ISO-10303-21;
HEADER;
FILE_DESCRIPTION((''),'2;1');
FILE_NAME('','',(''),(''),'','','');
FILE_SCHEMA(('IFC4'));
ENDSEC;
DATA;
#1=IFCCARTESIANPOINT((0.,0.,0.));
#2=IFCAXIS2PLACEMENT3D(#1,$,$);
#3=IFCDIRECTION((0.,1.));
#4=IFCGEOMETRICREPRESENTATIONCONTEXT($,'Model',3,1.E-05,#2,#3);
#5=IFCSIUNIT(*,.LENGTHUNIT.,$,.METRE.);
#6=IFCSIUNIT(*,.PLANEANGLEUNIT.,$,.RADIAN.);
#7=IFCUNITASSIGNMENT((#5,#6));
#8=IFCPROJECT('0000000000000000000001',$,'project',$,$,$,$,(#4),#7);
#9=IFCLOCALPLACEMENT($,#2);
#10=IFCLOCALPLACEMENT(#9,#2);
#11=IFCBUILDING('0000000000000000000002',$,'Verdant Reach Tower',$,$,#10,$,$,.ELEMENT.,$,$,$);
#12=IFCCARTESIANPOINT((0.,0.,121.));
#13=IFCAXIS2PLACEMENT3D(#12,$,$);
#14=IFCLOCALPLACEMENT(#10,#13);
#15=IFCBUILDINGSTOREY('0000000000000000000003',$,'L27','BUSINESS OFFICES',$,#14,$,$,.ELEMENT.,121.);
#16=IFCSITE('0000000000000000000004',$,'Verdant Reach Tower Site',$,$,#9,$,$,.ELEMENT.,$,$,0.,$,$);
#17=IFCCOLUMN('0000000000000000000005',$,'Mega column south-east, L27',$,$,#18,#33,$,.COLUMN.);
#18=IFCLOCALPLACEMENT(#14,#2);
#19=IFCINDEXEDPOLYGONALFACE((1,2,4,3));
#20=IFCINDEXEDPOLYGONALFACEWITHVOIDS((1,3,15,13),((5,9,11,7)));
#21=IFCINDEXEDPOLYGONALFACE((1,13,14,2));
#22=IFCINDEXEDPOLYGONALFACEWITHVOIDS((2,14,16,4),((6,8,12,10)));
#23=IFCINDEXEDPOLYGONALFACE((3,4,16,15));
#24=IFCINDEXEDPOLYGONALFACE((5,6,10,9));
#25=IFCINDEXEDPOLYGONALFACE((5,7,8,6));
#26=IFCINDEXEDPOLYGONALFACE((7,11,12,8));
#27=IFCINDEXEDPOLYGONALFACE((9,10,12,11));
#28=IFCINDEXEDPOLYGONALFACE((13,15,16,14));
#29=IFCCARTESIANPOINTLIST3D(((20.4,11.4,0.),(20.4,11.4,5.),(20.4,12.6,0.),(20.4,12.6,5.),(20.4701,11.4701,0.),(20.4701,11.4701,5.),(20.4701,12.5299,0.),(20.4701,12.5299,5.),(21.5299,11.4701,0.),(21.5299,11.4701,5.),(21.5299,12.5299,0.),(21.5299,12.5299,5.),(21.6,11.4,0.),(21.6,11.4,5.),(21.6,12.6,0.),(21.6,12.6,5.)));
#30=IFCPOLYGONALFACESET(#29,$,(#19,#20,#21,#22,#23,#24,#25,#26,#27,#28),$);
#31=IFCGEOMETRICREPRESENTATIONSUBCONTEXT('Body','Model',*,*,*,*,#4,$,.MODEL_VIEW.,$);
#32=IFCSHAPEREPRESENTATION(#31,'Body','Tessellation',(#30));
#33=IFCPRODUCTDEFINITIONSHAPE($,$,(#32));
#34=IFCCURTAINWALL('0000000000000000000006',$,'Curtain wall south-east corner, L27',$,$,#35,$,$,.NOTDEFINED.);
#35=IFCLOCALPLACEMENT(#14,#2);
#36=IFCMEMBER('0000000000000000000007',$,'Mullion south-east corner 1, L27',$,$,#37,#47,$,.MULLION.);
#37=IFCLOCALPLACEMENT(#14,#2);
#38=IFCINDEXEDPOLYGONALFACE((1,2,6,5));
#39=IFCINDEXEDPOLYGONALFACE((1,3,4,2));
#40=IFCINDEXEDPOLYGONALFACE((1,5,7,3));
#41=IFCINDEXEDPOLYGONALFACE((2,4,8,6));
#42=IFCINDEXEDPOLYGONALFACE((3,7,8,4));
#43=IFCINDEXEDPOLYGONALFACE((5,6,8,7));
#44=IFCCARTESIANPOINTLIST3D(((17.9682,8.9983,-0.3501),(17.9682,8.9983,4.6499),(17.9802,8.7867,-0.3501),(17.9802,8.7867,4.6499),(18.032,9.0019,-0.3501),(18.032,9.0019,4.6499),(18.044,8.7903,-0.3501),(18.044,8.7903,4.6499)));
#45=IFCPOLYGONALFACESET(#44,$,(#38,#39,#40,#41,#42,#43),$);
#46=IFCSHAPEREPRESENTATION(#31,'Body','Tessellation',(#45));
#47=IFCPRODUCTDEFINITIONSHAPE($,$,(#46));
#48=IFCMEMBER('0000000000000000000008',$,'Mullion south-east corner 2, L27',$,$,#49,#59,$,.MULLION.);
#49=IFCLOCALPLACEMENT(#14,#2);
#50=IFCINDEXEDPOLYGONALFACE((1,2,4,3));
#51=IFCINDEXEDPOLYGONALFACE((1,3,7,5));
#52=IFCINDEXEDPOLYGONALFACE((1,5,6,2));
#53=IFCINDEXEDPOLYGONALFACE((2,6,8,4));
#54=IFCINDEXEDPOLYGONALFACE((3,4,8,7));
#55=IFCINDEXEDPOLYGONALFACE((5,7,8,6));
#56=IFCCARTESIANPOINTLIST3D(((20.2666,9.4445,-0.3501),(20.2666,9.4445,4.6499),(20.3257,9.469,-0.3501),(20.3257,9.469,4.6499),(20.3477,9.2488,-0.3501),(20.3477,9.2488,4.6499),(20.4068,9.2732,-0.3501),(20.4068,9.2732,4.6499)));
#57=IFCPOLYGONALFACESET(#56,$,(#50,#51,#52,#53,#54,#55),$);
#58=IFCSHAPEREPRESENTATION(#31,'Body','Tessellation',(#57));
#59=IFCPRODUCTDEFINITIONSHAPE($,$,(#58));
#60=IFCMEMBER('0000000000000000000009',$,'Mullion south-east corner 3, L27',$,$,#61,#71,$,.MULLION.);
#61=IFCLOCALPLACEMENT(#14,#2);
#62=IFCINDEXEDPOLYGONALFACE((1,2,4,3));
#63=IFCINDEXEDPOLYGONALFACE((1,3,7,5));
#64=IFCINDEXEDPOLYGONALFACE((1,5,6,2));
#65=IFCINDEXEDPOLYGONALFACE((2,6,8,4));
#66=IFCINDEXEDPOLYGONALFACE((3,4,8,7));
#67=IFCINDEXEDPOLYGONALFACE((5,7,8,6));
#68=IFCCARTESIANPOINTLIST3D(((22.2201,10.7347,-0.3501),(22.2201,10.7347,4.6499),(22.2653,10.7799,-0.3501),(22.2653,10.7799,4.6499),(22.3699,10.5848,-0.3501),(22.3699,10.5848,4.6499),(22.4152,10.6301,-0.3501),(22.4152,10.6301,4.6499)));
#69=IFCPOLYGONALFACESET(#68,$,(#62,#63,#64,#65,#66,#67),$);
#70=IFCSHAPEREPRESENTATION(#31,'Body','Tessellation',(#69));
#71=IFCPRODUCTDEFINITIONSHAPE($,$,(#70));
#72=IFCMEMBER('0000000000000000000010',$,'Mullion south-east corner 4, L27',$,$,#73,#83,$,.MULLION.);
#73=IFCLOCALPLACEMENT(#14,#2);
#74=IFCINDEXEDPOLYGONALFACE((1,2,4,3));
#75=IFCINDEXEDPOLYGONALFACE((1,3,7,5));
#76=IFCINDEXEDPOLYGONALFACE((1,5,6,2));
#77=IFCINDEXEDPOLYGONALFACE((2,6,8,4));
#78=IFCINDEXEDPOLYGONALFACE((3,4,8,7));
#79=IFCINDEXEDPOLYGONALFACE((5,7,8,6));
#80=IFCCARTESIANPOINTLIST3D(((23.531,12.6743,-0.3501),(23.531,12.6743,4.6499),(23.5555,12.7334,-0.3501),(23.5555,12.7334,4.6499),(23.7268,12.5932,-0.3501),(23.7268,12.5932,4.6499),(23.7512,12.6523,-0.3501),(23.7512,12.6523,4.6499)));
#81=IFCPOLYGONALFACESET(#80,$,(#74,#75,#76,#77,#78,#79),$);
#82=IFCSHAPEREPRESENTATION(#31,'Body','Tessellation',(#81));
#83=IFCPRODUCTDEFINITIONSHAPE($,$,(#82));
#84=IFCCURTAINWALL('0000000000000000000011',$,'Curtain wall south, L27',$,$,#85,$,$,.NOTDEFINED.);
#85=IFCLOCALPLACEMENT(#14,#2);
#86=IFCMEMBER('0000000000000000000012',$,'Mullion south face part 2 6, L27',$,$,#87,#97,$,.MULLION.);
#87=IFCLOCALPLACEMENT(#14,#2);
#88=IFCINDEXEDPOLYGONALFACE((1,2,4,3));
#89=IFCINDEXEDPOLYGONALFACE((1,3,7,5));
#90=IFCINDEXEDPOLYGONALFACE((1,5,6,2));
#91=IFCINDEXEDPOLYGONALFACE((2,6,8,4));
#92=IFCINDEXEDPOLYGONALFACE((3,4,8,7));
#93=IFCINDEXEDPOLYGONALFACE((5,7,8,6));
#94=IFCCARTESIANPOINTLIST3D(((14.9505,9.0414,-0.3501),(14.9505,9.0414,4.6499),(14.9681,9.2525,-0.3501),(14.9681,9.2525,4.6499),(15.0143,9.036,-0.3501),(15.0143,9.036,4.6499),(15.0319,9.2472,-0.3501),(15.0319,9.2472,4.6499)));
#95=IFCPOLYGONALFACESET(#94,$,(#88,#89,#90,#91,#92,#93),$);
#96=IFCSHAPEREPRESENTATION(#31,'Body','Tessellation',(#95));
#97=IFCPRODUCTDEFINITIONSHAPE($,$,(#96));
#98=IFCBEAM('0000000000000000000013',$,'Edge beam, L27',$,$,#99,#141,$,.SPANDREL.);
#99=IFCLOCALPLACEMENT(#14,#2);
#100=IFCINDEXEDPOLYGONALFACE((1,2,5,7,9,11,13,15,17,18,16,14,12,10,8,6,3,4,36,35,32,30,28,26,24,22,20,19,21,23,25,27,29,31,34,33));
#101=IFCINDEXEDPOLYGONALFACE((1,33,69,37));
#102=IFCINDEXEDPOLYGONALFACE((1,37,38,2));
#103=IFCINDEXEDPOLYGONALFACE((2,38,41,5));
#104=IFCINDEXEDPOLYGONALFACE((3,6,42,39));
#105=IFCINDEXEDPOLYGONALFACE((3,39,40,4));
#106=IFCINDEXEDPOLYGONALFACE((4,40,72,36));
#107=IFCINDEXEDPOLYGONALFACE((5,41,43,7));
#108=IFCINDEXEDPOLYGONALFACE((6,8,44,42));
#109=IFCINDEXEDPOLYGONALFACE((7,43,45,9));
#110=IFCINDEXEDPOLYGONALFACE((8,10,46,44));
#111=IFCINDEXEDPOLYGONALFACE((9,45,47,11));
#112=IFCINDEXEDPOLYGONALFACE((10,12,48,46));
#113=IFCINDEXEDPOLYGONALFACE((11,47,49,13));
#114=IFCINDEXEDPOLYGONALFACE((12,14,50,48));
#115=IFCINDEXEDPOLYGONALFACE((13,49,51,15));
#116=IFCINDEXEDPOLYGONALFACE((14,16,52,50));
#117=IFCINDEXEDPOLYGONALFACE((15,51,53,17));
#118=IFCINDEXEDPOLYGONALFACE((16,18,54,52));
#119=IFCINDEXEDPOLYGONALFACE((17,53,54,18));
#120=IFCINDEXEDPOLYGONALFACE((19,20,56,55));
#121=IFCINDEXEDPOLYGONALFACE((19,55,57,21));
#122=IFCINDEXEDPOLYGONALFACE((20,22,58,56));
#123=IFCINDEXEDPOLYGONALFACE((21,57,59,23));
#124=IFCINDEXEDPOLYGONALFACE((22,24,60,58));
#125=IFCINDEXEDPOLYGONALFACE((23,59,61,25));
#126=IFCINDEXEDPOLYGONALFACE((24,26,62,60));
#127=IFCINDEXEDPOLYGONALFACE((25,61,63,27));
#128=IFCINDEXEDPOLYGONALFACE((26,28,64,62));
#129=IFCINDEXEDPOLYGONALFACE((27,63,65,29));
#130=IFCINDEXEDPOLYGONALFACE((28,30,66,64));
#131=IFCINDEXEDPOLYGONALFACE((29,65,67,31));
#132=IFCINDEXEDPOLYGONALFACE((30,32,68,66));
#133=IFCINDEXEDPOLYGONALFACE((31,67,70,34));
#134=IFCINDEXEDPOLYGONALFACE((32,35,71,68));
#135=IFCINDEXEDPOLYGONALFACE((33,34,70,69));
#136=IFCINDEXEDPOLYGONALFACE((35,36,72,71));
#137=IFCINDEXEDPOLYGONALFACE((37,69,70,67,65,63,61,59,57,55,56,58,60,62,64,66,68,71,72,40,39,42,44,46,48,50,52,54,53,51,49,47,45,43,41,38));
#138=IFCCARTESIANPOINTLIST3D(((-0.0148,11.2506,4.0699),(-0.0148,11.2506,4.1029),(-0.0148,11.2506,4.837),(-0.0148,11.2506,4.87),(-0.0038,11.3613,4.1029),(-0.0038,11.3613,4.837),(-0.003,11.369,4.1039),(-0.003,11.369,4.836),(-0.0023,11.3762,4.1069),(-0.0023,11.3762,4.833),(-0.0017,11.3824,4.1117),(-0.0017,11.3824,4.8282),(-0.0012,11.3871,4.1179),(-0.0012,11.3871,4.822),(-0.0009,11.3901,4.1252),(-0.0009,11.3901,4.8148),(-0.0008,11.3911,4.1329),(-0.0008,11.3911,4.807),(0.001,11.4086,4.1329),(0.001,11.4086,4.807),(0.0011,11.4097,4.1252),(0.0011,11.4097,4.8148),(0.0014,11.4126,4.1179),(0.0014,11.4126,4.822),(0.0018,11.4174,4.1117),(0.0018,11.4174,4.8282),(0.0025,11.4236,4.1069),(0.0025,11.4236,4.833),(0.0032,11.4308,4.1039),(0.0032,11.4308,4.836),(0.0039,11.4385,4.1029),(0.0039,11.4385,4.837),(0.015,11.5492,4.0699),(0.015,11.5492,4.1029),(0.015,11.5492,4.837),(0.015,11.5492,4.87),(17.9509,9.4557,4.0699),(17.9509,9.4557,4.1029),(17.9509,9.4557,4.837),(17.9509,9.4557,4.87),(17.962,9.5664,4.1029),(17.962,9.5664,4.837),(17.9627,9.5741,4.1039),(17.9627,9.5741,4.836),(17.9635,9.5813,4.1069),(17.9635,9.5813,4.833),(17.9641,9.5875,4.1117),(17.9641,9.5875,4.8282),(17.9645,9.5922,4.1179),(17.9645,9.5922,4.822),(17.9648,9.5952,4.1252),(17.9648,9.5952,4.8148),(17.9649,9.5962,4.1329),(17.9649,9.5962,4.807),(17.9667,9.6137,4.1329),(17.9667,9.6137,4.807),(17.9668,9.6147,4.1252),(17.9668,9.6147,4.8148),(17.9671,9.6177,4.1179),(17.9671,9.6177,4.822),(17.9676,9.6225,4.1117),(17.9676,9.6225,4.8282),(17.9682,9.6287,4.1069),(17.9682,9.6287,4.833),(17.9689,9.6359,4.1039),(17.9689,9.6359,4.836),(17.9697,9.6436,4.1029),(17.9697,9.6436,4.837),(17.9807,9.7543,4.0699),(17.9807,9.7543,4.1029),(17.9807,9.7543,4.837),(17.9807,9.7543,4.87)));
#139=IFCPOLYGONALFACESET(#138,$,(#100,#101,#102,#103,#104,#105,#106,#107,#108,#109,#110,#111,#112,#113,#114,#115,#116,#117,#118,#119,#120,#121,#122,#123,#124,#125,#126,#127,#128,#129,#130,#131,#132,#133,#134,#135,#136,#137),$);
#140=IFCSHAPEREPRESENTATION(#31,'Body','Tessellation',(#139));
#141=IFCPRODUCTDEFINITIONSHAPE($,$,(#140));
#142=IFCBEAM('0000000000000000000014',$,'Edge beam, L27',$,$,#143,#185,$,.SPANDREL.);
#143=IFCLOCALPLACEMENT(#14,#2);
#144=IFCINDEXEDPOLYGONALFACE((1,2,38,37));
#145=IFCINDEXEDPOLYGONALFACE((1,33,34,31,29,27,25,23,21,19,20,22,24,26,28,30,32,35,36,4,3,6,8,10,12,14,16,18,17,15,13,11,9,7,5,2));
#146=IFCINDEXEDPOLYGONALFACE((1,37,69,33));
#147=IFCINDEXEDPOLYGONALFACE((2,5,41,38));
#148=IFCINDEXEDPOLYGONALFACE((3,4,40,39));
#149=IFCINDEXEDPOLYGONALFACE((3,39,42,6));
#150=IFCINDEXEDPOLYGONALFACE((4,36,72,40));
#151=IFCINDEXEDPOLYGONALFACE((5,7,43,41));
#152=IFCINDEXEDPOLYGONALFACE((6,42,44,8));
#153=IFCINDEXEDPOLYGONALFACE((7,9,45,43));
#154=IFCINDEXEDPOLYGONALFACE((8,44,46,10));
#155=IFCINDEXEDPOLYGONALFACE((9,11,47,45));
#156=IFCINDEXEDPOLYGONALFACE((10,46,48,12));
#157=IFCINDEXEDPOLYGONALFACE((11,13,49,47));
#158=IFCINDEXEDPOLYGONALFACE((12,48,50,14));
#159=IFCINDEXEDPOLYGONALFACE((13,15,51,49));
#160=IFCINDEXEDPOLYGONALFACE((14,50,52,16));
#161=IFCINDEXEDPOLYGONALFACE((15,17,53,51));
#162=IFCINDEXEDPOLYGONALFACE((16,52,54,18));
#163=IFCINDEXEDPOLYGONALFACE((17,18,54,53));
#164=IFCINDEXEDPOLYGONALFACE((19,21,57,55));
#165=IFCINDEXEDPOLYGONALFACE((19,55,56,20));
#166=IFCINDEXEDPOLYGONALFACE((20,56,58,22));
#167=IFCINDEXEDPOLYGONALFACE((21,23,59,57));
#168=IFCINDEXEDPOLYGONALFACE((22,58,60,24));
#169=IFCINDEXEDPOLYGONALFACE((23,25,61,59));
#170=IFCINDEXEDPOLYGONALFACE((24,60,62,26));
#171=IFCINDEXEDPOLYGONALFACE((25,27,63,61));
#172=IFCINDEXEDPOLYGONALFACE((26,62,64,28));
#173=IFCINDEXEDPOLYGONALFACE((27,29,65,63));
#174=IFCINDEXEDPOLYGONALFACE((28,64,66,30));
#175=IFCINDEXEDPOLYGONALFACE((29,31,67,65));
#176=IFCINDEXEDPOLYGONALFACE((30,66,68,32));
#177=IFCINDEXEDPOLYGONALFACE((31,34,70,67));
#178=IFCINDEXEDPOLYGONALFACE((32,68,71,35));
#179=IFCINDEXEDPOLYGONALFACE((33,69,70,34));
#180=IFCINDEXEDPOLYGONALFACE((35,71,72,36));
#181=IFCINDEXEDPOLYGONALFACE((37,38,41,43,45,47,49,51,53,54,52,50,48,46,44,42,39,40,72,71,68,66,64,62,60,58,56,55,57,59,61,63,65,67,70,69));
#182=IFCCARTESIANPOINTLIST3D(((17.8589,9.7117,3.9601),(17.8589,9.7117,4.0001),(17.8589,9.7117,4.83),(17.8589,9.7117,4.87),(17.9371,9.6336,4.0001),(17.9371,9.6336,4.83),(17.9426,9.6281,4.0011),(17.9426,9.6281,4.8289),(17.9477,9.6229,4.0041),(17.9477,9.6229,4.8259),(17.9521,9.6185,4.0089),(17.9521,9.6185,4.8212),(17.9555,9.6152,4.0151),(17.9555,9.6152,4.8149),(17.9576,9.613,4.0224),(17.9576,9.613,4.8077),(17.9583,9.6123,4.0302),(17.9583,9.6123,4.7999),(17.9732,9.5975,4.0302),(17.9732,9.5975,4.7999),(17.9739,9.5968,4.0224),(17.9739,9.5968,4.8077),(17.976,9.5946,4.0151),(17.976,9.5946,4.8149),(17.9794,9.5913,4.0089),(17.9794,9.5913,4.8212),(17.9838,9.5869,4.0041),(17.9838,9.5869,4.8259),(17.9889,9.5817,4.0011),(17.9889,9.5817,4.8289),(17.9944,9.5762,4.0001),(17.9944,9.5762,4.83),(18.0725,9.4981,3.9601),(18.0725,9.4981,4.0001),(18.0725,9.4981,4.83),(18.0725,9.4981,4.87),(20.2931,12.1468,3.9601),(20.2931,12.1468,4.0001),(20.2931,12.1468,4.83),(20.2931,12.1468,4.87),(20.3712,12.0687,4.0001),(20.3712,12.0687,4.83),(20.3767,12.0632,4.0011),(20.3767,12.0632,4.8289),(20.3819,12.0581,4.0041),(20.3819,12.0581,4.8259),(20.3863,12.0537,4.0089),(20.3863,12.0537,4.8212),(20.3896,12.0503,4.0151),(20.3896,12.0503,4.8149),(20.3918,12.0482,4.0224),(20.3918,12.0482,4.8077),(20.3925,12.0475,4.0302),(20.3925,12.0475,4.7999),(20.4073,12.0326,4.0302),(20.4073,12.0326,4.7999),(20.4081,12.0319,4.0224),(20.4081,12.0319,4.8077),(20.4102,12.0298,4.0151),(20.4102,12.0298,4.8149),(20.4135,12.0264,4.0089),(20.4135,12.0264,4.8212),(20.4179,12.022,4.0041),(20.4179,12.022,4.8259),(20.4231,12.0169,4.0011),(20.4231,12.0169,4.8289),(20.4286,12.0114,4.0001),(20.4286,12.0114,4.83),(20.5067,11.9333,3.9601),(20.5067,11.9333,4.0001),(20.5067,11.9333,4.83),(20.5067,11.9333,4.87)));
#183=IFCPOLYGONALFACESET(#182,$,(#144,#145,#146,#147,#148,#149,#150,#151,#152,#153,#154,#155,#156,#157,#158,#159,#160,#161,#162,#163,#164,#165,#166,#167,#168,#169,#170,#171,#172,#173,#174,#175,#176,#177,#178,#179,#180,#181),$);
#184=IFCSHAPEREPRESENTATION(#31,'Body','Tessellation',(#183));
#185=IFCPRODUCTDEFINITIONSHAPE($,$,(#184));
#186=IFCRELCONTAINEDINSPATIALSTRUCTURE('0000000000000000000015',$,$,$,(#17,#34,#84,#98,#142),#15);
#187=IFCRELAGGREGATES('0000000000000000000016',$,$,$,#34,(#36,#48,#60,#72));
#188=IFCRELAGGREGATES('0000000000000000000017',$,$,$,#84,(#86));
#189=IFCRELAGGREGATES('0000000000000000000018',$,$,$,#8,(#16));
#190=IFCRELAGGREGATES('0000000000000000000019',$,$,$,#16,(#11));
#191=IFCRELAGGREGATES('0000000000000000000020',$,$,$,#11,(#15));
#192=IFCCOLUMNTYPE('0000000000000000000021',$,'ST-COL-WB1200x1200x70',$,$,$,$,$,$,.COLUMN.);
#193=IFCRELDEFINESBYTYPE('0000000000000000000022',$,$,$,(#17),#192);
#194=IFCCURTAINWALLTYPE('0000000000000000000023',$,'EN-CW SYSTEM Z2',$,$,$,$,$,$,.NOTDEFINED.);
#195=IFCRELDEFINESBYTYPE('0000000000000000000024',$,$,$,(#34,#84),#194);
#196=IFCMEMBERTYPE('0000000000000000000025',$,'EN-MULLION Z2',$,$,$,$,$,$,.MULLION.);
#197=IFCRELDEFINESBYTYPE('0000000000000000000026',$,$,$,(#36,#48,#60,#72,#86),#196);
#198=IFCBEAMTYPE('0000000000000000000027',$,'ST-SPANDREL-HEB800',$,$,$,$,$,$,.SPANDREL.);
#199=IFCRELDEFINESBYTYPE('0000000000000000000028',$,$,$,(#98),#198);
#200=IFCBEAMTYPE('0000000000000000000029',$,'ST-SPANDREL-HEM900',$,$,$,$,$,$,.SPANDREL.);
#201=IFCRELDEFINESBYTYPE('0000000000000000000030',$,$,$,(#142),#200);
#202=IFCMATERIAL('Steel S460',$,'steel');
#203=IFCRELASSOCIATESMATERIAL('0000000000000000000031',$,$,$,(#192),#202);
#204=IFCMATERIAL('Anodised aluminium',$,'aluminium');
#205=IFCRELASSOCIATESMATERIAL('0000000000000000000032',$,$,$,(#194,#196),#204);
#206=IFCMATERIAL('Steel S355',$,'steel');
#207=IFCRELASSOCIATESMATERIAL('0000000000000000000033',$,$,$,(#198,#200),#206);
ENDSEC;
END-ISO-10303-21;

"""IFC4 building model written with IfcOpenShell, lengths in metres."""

from ifc_helpers import new_model, si_unit, direction, frame, origin, origin_2d, place, context, subcontext, project, spatial, rectangle, hollow_rectangle, i_section, extrude, material, material_profile, profile_set, type_object, element, aggregate, save


model = new_model("IFC4")

# Units and contexts
model_context = context("Model", 3, precision=1e-05, world=origin(), true_north=direction((0.0, 1.0)))
body_context = subcontext(model_context, "Body", "Model", "MODEL_VIEW")
ifc_project = project(units=[si_unit("LENGTHUNIT", "METRE"), si_unit("PLANEANGLEUNIT", "RADIAN")], contexts=[model_context])

# Site, building, storey
site_placement = place(None, origin())
site = spatial("IfcSite", under=ifc_project, at=site_placement, Name="Verdant Reach Tower Site", CompositionType="ELEMENT", RefElevation=0.0)
building_placement = place(site_placement, origin())
building = spatial("IfcBuilding", under=site, at=building_placement, Name="Verdant Reach Tower", CompositionType="ELEMENT")
storey_placement = place(building_placement, frame((0.0, 0.0, 121.0)))
storey = spatial("IfcBuildingStorey", under=building, at=storey_placement, Name="L27", Description="BUSINESS OFFICES", CompositionType="ELEMENT", Elevation=121.0)

# Column
ifc_material_1 = material(Name="Steel S460", Category="steel")
ifc_material_profile_1 = material_profile(ifc_material_1, hollow_rectangle(XDim=1.2, YDim=1.2, WallThickness=0.0701, at=origin_2d()), Name="WB 1200x1200x70")
ifc_profile_set_1 = profile_set([ifc_material_profile_1], Name="Steel S460")
column_type = type_object("IfcColumnType", Name="ST-COL-WB1200x1200x70", PredefinedType="COLUMN", material=ifc_profile_set_1)
column_placement = place(storey_placement, frame((21.0, 12.0, 0.0), z_axis=(0.0, 0.0, 1.0), x_axis=(1.0, 0.0, 0.0)))
element("IfcColumn", 1, at=column_placement, inside=storey, type_object=column_type, Name="Mega column south-east, L27", PredefinedType="COLUMN", context=body_context, shape_type="SweptSolid", body=[
    extrude(hollow_rectangle(XDim=1.2, YDim=1.2, WallThickness=0.0701, at=origin_2d()), origin(), (0.0, 0.0, 1.0), 5.0),
])

# Curtain wall, members
ifc_material_2 = material(Name="Anodised aluminium", Category="aluminium")
curtain_wall_type = type_object("IfcCurtainWallType", Name="EN-CW SYSTEM Z2", PredefinedType="NOTDEFINED", material=ifc_material_2)
curtain_wall_1_placement = place(storey_placement, origin())
curtain_wall_1 = element("IfcCurtainWall", 2, at=curtain_wall_1_placement, inside=storey, type_object=curtain_wall_type, Name="Curtain wall south-east corner, L27", PredefinedType="NOTDEFINED")
ifc_material_profile_2 = material_profile(ifc_material_2, rectangle(XDim=0.2119, YDim=0.064, at=origin_2d()), Name="Mullion 64x212")
ifc_profile_set_2 = profile_set([ifc_material_profile_2], Name="Anodised aluminium")
member_type = type_object("IfcMemberType", Name="EN-MULLION Z2", PredefinedType="MULLION", material=ifc_profile_set_2)
member_1_placement = place(storey_placement, frame((18.0061, 8.8943, -0.3501), z_axis=(0.0, 0.0, 1.0), x_axis=(0.056569, -0.998399, 0.0)))
member_1 = element("IfcMember", 3, at=member_1_placement, type_object=member_type, Name="Mullion south-east corner 1, L27", PredefinedType="MULLION", context=body_context, shape_type="SweptSolid", body=[
    extrude(rectangle(XDim=0.2119, YDim=0.064, at=origin_2d()), origin(), (0.0, 0.0, 1.0), 5.0),
])
member_2_placement = place(storey_placement, frame((20.3367, 9.3589, -0.3501), z_axis=(0.0, 0.0, 1.0), x_axis=(0.382694, -0.923875, 0.0)))
member_2 = element("IfcMember", 4, at=member_2_placement, type_object=member_type, Name="Mullion south-east corner 2, L27", PredefinedType="MULLION", context=body_context, shape_type="SweptSolid", body=[
    extrude(rectangle(XDim=0.2119, YDim=0.064, at=origin_2d()), origin(), (0.0, 0.0, 1.0), 5.0),
])
member_3_placement = place(storey_placement, frame((22.3176, 10.6824, -0.3501), z_axis=(0.0, 0.0, 1.0), x_axis=(0.707107, -0.707107, 0.0)))
member_3 = element("IfcMember", 5, at=member_3_placement, type_object=member_type, Name="Mullion south-east corner 3, L27", PredefinedType="MULLION", context=body_context, shape_type="SweptSolid", body=[
    extrude(rectangle(XDim=0.2119, YDim=0.064, at=origin_2d()), origin(), (0.0, 0.0, 1.0), 5.0),
])
member_4_placement = place(storey_placement, frame((23.6411, 12.6633, -0.3501), z_axis=(0.0, 0.0, 1.0), x_axis=(0.923875, -0.382694, 0.0)))
member_4 = element("IfcMember", 6, at=member_4_placement, type_object=member_type, Name="Mullion south-east corner 4, L27", PredefinedType="MULLION", context=body_context, shape_type="SweptSolid", body=[
    extrude(rectangle(XDim=0.2119, YDim=0.064, at=origin_2d()), origin(), (0.0, 0.0, 1.0), 5.0),
])

# Curtain wall, member
curtain_wall_2_placement = place(storey_placement, origin())
curtain_wall_2 = element("IfcCurtainWall", 7, at=curtain_wall_2_placement, inside=storey, type_object=curtain_wall_type, Name="Curtain wall south, L27", PredefinedType="NOTDEFINED")
member_5_placement = place(storey_placement, frame((14.9912, 9.1443, -0.3501), z_axis=(0.0, 0.0, 1.0), x_axis=(-0.083045, -0.996546, 0.0)))
member_5 = element("IfcMember", 8, at=member_5_placement, type_object=member_type, Name="Mullion south face part 2 6, L27", PredefinedType="MULLION", context=body_context, shape_type="SweptSolid", body=[
    extrude(rectangle(XDim=0.2119, YDim=0.064, at=origin_2d()), origin(), (0.0, 0.0, 1.0), 5.0),
])

# Beams
ifc_material_3 = material(Name="Steel S355", Category="steel")
ifc_material_profile_3 = material_profile(ifc_material_3, i_section(OverallWidth=0.3, OverallDepth=0.8, WebThickness=0.0176, FlangeThickness=0.033, FilletRadius=0.03, at=origin_2d()), Name="HEB 800")
ifc_profile_set_3 = profile_set([ifc_material_profile_3], Name="Steel S355")
beam_type_1 = type_object("IfcBeamType", Name="ST-SPANDREL-HEB800", PredefinedType="SPANDREL", material=ifc_profile_set_3)
beam_1_placement = place(storey_placement, frame((17.9658, 9.605, 4.47), z_axis=(-0.995046, 0.099413, 0.0), x_axis=(-0.099413, -0.995046, 0.0)))
element("IfcBeam", 9, at=beam_1_placement, inside=storey, type_object=beam_type_1, Name="Edge beam, L27", PredefinedType="SPANDREL", context=body_context, shape_type="SweptSolid", body=[
    extrude(i_section(OverallWidth=0.3, OverallDepth=0.8, WebThickness=0.0176, FlangeThickness=0.033, FilletRadius=0.03, at=origin_2d()), origin(), (0.0, 0.0, 1.0), 18.0552),
])
ifc_material_profile_4 = material_profile(ifc_material_3, i_section(OverallWidth=0.302, OverallDepth=0.9099, WebThickness=0.021, FlangeThickness=0.04, FilletRadius=0.03, at=origin_2d()), Name="HEM 900")
ifc_profile_set_4 = profile_set([ifc_material_profile_4], Name="Steel S355")
beam_type_2 = type_object("IfcBeamType", Name="ST-SPANDREL-HEM900", PredefinedType="SPANDREL", material=ifc_profile_set_4)
beam_2_placement = place(storey_placement, frame((20.3999, 12.04, 4.415), z_axis=(-0.706965, -0.707249, 0.0), x_axis=(0.707249, -0.706965, 0.0)))
element("IfcBeam", 10, at=beam_2_placement, inside=storey, type_object=beam_type_2, Name="Edge beam, L27", PredefinedType="SPANDREL", context=body_context, shape_type="SweptSolid", body=[
    extrude(i_section(OverallWidth=0.302, OverallDepth=0.9099, WebThickness=0.021, FlangeThickness=0.04, FilletRadius=0.03, at=origin_2d()), origin(), (0.0, 0.0, 1.0), 3.4431),
])

aggregate(curtain_wall_1, [member_1, member_2, member_3, member_4])
aggregate(curtain_wall_2, [member_5])

save(model, "model.ifc")
